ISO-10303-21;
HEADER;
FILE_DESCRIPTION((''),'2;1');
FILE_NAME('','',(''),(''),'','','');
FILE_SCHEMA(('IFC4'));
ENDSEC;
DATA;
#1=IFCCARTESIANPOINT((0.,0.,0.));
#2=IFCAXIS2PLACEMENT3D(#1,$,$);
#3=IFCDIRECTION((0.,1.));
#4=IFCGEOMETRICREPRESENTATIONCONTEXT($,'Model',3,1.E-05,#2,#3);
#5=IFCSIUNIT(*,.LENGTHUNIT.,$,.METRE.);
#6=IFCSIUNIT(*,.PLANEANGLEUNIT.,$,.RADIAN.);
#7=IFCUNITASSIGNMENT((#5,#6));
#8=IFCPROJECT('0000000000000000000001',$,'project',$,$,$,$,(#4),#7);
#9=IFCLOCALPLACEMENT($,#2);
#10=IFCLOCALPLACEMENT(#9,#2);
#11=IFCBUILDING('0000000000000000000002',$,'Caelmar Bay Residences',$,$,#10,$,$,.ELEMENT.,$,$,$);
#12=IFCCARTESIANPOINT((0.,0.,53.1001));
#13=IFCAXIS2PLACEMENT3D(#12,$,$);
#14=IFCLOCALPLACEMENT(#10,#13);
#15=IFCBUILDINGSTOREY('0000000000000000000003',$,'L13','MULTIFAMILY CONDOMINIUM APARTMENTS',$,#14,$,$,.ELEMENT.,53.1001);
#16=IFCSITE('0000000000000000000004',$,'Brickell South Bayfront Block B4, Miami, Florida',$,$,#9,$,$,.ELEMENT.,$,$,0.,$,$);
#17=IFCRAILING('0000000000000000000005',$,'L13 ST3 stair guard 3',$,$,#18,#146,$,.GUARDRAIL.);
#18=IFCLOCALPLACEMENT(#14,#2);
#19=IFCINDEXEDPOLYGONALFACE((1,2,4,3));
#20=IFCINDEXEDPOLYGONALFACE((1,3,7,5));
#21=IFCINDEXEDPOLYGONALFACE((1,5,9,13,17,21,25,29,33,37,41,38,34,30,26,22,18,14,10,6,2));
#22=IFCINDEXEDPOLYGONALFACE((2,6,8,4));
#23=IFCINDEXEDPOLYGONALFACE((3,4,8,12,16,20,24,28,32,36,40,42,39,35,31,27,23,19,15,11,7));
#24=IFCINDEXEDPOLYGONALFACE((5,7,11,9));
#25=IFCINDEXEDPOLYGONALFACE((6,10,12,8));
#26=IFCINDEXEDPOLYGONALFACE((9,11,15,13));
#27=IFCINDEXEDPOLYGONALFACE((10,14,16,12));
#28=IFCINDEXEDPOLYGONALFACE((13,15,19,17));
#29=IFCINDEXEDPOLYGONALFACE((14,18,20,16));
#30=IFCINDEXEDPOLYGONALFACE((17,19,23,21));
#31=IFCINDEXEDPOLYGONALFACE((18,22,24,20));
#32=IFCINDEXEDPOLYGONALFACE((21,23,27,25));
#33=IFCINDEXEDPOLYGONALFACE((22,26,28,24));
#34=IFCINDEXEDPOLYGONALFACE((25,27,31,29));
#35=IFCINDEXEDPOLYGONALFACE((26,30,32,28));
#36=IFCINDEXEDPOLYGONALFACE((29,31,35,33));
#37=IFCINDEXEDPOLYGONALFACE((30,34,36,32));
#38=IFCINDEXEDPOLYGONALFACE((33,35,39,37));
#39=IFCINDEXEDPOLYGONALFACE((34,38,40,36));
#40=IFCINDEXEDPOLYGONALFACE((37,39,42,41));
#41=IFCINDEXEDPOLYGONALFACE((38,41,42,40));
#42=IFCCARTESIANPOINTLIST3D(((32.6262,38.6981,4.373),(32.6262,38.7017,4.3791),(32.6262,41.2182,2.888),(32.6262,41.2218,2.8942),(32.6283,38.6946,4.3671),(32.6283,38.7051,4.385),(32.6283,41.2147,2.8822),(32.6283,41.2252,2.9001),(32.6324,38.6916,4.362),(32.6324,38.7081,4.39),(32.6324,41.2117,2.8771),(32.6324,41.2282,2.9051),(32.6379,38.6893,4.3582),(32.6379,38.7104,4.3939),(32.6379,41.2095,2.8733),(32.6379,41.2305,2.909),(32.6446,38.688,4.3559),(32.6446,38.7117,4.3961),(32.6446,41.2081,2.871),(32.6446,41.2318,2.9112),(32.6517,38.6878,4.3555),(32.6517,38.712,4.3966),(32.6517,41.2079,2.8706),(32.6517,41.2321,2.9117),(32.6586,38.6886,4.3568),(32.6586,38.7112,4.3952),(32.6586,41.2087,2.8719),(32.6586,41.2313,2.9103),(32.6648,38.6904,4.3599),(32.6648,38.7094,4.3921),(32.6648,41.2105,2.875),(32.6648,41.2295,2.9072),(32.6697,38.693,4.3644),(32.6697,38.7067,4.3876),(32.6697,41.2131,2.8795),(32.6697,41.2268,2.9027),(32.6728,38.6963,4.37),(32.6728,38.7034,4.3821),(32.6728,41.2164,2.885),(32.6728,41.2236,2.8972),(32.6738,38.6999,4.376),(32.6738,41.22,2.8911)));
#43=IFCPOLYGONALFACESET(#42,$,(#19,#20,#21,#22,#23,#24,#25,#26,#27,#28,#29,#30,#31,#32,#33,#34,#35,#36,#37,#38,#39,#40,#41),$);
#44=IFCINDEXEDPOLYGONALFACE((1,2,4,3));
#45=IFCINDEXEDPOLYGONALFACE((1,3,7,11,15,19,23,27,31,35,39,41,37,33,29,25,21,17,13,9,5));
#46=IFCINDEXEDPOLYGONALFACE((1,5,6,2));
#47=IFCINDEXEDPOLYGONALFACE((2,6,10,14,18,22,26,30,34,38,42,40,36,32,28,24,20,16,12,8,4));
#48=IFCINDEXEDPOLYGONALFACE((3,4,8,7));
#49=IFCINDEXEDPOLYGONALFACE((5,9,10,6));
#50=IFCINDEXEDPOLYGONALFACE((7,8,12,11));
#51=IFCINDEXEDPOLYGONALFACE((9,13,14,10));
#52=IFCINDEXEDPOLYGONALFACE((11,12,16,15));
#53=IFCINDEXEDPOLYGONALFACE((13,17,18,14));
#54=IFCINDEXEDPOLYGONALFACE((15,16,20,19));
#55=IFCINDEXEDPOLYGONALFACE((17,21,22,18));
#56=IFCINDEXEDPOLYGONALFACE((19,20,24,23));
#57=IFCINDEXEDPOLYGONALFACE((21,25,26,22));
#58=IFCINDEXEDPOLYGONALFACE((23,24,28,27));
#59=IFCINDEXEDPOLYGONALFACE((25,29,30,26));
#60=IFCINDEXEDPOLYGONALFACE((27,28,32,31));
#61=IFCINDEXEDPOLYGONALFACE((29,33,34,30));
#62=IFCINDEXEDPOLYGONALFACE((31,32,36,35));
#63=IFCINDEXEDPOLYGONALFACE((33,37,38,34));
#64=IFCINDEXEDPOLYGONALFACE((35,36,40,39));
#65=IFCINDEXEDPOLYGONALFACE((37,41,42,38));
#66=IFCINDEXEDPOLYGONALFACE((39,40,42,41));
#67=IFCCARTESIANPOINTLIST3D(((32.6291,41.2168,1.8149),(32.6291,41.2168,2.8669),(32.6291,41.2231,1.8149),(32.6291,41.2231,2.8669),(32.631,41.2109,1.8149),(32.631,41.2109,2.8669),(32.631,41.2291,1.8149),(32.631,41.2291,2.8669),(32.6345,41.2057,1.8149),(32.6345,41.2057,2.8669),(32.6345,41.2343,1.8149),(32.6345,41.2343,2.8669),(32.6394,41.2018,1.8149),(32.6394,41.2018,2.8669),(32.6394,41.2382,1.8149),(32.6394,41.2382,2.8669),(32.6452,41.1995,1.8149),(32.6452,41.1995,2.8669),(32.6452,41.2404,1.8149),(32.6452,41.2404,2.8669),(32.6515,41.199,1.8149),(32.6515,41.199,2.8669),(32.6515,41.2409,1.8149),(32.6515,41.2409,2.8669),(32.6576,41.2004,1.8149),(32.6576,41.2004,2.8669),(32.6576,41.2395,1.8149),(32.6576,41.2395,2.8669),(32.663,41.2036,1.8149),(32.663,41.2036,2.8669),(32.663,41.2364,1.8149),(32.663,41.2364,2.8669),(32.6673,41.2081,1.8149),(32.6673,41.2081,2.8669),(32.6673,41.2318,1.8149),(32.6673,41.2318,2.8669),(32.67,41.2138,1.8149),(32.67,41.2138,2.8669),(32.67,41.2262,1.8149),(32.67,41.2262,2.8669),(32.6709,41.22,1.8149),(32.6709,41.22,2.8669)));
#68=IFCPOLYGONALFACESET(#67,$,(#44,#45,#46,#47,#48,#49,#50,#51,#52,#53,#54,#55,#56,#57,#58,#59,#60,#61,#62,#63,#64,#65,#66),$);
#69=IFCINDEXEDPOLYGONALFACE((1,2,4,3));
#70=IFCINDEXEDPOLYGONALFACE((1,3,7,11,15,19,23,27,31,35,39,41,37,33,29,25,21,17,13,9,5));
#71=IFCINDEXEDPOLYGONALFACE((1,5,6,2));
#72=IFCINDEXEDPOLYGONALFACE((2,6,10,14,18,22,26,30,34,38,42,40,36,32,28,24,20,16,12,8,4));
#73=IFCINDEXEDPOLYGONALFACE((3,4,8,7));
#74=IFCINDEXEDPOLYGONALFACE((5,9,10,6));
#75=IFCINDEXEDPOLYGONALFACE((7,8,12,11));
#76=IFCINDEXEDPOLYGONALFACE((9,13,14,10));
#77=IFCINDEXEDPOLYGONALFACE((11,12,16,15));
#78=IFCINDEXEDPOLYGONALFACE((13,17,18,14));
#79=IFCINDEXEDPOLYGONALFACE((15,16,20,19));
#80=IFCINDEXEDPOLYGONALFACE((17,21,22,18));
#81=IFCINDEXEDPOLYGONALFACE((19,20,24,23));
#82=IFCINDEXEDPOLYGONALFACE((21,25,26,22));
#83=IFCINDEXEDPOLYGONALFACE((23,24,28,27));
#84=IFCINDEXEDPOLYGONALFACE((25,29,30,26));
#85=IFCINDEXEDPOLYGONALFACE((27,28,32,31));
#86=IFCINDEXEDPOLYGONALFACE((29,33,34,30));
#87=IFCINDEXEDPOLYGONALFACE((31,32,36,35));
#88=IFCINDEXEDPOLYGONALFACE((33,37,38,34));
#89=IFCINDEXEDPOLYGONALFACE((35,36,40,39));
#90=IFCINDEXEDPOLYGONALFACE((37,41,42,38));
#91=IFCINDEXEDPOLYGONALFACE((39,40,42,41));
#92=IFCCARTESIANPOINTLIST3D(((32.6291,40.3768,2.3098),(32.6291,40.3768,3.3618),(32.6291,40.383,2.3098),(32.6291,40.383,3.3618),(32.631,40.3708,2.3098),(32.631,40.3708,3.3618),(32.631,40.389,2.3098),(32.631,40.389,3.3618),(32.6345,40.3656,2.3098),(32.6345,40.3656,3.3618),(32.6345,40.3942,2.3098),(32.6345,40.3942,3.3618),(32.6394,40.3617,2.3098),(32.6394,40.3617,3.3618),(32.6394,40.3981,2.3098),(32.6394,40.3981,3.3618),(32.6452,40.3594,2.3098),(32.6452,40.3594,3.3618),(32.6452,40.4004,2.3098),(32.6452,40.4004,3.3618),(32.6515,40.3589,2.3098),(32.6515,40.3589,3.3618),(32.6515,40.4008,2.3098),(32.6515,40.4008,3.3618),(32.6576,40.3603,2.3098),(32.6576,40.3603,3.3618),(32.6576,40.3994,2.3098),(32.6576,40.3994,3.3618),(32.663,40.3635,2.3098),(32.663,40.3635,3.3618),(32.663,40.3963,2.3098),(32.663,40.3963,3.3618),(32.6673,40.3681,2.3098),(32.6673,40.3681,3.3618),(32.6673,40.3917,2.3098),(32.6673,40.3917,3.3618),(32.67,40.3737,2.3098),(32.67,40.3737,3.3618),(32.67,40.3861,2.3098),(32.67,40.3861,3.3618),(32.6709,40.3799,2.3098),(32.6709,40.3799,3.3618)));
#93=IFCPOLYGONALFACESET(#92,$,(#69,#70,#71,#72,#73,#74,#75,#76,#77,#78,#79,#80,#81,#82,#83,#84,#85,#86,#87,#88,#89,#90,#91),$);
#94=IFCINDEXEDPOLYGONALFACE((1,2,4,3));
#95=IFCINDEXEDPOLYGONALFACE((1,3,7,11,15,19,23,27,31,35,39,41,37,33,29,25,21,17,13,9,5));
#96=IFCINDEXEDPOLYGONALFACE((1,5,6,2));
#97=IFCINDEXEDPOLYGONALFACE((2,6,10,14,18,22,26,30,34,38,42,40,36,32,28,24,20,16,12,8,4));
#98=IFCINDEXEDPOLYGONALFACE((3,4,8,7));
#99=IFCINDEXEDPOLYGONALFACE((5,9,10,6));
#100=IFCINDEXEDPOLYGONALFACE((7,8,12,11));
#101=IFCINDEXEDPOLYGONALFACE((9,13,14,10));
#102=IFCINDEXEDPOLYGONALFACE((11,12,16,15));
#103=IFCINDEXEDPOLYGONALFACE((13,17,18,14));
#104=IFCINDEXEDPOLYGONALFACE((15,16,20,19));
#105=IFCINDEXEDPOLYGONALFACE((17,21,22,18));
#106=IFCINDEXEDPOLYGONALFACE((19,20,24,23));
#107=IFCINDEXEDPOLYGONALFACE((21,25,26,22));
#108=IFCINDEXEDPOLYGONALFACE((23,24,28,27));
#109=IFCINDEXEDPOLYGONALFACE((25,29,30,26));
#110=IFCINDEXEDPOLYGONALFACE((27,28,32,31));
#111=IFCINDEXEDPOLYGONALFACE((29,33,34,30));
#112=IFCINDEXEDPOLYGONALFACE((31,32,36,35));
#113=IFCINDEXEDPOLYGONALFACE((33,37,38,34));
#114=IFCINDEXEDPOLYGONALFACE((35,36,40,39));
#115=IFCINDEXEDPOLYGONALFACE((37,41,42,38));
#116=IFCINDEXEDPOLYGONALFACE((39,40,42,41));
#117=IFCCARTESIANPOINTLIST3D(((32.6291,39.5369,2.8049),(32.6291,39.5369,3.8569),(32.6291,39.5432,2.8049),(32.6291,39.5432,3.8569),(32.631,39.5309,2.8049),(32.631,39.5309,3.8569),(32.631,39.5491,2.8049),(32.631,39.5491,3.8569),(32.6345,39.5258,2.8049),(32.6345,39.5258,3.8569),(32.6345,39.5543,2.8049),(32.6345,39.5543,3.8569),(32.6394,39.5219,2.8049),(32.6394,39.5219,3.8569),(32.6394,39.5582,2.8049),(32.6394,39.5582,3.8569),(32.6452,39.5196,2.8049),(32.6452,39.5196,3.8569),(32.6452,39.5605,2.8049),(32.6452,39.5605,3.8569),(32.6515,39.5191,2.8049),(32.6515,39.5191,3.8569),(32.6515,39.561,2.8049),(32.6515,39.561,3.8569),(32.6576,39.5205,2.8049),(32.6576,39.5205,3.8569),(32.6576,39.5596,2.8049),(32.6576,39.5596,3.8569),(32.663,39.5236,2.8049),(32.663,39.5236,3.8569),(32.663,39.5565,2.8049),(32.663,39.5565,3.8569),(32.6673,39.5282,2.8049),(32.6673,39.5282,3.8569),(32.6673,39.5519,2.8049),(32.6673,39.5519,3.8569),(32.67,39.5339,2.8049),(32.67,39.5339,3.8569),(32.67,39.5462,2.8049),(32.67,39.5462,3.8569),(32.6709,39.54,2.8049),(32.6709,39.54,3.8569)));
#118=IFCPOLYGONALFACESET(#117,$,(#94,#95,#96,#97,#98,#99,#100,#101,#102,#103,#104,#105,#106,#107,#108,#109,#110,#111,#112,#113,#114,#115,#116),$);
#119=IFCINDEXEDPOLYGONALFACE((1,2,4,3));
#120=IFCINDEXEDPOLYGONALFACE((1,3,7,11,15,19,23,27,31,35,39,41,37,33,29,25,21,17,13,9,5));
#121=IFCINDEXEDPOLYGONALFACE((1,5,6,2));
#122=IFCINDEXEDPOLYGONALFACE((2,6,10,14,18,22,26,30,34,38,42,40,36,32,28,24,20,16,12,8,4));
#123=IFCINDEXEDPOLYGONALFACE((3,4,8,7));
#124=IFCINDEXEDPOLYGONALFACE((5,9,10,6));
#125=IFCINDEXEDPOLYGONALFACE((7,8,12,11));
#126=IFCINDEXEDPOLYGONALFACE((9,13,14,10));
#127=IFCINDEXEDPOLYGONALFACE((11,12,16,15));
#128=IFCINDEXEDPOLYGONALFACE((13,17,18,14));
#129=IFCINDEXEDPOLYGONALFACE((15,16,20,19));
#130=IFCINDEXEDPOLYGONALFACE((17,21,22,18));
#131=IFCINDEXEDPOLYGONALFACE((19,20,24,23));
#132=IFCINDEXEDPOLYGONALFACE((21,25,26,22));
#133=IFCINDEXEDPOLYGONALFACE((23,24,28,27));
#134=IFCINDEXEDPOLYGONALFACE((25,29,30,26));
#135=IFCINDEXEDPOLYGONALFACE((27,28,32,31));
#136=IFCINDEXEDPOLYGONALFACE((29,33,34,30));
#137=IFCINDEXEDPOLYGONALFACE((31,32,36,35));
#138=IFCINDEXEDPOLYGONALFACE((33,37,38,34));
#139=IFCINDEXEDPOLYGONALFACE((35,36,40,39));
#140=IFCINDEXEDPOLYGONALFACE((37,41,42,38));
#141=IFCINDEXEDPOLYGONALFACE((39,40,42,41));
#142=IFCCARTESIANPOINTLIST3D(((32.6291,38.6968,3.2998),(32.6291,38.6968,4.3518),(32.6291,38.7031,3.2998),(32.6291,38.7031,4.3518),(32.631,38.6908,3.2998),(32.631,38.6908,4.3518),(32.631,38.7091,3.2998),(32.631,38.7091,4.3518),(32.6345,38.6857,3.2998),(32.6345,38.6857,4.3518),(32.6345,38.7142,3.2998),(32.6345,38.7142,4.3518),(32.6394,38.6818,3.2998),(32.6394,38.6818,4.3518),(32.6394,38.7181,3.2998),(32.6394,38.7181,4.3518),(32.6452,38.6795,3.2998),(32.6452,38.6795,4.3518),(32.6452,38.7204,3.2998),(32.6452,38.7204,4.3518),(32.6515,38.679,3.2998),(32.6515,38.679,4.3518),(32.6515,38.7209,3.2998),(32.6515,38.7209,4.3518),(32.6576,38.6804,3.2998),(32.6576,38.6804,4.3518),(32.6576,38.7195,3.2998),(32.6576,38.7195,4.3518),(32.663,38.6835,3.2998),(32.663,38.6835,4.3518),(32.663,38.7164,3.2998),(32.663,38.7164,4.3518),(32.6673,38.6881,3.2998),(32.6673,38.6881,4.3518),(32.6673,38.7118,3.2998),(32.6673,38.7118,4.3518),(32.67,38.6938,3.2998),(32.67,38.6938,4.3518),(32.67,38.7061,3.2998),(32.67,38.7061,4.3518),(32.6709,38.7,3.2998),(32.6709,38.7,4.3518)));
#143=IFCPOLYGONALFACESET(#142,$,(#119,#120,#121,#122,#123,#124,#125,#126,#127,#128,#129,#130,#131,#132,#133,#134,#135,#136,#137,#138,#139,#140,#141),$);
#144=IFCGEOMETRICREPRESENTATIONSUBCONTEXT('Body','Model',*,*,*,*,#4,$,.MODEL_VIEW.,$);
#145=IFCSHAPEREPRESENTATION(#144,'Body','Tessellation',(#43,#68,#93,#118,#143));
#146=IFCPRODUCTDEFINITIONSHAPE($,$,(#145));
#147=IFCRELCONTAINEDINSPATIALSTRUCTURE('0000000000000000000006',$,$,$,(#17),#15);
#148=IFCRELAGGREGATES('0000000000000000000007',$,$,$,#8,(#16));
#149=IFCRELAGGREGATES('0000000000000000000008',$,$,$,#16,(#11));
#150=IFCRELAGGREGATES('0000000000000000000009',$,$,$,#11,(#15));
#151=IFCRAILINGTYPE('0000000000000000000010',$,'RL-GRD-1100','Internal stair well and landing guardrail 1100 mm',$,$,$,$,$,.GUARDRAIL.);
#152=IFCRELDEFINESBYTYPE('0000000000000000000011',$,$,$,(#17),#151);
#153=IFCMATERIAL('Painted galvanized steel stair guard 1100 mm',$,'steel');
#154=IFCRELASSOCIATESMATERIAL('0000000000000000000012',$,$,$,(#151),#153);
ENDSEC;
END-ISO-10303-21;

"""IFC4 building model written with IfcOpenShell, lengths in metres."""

from ifc_helpers import new_model, si_unit, direction, frame, origin, origin_2d, place, context, subcontext, project, spatial, circle, extrude, material, type_object, element, save


model = new_model("IFC4")

# Units and contexts
model_context = context("Model", 3, precision=1e-05, world=origin(), true_north=direction((0.0, 1.0)))
body_context = subcontext(model_context, "Body", "Model", "MODEL_VIEW")
ifc_project = project(units=[si_unit("LENGTHUNIT", "METRE"), si_unit("PLANEANGLEUNIT", "RADIAN")], contexts=[model_context])

# Site, building, storey
site_placement = place(None, origin())
site = spatial("IfcSite", under=ifc_project, at=site_placement, Name="Brickell South Bayfront Block B4, Miami, Florida", CompositionType="ELEMENT", RefElevation=0.0)
building_placement = place(site_placement, origin())
building = spatial("IfcBuilding", under=site, at=building_placement, Name="Caelmar Bay Residences", CompositionType="ELEMENT")
storey_placement = place(building_placement, frame((0.0, 0.0, 53.1001)))
storey = spatial("IfcBuildingStorey", under=building, at=storey_placement, Name="L13", Description="MULTIFAMILY CONDOMINIUM APARTMENTS", CompositionType="ELEMENT", Elevation=53.1001)

# Railing
ifc_material_1 = material(Name="Painted galvanized steel stair guard 1100 mm", Category="steel")
railing_type_1 = type_object("IfcRailingType", Name="RL-GRD-1100", Description="Internal stair well and landing guardrail 1100 mm", PredefinedType="GUARDRAIL", material=ifc_material_1)
railing_1_placement = place(storey_placement, frame((32.6499, 41.22, 1.8149)))
element("IfcRailing", 1, at=railing_1_placement, inside=storey, type_object=railing_type_1, Name="L13 ST3 stair guard 3", PredefinedType="GUARDRAIL", context=body_context, shape_type="SweptSolid", body=[
    extrude(circle(Radius=0.0239, at=origin_2d()), frame((0.0, 0.0, 1.0762), z_axis=(0.0, -0.861561, 0.507655), x_axis=(1.0, 0.0, 0.0)), (0.0, 0.0, 1.0), 2.925),
    extrude(circle(Radius=0.021, at=origin_2d()), origin(), (0.0, 0.0, 1.0), 1.052),
    extrude(circle(Radius=0.021, at=origin_2d()), frame((0.0, -0.8401, 0.4949)), (0.0, 0.0, 1.0), 1.052),
    extrude(circle(Radius=0.021, at=origin_2d()), frame((0.0, -1.6799, 0.99)), (0.0, 0.0, 1.0), 1.052),
    extrude(circle(Radius=0.021, at=origin_2d()), frame((0.0, -2.52, 1.4849)), (0.0, 0.0, 1.0), 1.052),
])

save(model, "model.ifc")
